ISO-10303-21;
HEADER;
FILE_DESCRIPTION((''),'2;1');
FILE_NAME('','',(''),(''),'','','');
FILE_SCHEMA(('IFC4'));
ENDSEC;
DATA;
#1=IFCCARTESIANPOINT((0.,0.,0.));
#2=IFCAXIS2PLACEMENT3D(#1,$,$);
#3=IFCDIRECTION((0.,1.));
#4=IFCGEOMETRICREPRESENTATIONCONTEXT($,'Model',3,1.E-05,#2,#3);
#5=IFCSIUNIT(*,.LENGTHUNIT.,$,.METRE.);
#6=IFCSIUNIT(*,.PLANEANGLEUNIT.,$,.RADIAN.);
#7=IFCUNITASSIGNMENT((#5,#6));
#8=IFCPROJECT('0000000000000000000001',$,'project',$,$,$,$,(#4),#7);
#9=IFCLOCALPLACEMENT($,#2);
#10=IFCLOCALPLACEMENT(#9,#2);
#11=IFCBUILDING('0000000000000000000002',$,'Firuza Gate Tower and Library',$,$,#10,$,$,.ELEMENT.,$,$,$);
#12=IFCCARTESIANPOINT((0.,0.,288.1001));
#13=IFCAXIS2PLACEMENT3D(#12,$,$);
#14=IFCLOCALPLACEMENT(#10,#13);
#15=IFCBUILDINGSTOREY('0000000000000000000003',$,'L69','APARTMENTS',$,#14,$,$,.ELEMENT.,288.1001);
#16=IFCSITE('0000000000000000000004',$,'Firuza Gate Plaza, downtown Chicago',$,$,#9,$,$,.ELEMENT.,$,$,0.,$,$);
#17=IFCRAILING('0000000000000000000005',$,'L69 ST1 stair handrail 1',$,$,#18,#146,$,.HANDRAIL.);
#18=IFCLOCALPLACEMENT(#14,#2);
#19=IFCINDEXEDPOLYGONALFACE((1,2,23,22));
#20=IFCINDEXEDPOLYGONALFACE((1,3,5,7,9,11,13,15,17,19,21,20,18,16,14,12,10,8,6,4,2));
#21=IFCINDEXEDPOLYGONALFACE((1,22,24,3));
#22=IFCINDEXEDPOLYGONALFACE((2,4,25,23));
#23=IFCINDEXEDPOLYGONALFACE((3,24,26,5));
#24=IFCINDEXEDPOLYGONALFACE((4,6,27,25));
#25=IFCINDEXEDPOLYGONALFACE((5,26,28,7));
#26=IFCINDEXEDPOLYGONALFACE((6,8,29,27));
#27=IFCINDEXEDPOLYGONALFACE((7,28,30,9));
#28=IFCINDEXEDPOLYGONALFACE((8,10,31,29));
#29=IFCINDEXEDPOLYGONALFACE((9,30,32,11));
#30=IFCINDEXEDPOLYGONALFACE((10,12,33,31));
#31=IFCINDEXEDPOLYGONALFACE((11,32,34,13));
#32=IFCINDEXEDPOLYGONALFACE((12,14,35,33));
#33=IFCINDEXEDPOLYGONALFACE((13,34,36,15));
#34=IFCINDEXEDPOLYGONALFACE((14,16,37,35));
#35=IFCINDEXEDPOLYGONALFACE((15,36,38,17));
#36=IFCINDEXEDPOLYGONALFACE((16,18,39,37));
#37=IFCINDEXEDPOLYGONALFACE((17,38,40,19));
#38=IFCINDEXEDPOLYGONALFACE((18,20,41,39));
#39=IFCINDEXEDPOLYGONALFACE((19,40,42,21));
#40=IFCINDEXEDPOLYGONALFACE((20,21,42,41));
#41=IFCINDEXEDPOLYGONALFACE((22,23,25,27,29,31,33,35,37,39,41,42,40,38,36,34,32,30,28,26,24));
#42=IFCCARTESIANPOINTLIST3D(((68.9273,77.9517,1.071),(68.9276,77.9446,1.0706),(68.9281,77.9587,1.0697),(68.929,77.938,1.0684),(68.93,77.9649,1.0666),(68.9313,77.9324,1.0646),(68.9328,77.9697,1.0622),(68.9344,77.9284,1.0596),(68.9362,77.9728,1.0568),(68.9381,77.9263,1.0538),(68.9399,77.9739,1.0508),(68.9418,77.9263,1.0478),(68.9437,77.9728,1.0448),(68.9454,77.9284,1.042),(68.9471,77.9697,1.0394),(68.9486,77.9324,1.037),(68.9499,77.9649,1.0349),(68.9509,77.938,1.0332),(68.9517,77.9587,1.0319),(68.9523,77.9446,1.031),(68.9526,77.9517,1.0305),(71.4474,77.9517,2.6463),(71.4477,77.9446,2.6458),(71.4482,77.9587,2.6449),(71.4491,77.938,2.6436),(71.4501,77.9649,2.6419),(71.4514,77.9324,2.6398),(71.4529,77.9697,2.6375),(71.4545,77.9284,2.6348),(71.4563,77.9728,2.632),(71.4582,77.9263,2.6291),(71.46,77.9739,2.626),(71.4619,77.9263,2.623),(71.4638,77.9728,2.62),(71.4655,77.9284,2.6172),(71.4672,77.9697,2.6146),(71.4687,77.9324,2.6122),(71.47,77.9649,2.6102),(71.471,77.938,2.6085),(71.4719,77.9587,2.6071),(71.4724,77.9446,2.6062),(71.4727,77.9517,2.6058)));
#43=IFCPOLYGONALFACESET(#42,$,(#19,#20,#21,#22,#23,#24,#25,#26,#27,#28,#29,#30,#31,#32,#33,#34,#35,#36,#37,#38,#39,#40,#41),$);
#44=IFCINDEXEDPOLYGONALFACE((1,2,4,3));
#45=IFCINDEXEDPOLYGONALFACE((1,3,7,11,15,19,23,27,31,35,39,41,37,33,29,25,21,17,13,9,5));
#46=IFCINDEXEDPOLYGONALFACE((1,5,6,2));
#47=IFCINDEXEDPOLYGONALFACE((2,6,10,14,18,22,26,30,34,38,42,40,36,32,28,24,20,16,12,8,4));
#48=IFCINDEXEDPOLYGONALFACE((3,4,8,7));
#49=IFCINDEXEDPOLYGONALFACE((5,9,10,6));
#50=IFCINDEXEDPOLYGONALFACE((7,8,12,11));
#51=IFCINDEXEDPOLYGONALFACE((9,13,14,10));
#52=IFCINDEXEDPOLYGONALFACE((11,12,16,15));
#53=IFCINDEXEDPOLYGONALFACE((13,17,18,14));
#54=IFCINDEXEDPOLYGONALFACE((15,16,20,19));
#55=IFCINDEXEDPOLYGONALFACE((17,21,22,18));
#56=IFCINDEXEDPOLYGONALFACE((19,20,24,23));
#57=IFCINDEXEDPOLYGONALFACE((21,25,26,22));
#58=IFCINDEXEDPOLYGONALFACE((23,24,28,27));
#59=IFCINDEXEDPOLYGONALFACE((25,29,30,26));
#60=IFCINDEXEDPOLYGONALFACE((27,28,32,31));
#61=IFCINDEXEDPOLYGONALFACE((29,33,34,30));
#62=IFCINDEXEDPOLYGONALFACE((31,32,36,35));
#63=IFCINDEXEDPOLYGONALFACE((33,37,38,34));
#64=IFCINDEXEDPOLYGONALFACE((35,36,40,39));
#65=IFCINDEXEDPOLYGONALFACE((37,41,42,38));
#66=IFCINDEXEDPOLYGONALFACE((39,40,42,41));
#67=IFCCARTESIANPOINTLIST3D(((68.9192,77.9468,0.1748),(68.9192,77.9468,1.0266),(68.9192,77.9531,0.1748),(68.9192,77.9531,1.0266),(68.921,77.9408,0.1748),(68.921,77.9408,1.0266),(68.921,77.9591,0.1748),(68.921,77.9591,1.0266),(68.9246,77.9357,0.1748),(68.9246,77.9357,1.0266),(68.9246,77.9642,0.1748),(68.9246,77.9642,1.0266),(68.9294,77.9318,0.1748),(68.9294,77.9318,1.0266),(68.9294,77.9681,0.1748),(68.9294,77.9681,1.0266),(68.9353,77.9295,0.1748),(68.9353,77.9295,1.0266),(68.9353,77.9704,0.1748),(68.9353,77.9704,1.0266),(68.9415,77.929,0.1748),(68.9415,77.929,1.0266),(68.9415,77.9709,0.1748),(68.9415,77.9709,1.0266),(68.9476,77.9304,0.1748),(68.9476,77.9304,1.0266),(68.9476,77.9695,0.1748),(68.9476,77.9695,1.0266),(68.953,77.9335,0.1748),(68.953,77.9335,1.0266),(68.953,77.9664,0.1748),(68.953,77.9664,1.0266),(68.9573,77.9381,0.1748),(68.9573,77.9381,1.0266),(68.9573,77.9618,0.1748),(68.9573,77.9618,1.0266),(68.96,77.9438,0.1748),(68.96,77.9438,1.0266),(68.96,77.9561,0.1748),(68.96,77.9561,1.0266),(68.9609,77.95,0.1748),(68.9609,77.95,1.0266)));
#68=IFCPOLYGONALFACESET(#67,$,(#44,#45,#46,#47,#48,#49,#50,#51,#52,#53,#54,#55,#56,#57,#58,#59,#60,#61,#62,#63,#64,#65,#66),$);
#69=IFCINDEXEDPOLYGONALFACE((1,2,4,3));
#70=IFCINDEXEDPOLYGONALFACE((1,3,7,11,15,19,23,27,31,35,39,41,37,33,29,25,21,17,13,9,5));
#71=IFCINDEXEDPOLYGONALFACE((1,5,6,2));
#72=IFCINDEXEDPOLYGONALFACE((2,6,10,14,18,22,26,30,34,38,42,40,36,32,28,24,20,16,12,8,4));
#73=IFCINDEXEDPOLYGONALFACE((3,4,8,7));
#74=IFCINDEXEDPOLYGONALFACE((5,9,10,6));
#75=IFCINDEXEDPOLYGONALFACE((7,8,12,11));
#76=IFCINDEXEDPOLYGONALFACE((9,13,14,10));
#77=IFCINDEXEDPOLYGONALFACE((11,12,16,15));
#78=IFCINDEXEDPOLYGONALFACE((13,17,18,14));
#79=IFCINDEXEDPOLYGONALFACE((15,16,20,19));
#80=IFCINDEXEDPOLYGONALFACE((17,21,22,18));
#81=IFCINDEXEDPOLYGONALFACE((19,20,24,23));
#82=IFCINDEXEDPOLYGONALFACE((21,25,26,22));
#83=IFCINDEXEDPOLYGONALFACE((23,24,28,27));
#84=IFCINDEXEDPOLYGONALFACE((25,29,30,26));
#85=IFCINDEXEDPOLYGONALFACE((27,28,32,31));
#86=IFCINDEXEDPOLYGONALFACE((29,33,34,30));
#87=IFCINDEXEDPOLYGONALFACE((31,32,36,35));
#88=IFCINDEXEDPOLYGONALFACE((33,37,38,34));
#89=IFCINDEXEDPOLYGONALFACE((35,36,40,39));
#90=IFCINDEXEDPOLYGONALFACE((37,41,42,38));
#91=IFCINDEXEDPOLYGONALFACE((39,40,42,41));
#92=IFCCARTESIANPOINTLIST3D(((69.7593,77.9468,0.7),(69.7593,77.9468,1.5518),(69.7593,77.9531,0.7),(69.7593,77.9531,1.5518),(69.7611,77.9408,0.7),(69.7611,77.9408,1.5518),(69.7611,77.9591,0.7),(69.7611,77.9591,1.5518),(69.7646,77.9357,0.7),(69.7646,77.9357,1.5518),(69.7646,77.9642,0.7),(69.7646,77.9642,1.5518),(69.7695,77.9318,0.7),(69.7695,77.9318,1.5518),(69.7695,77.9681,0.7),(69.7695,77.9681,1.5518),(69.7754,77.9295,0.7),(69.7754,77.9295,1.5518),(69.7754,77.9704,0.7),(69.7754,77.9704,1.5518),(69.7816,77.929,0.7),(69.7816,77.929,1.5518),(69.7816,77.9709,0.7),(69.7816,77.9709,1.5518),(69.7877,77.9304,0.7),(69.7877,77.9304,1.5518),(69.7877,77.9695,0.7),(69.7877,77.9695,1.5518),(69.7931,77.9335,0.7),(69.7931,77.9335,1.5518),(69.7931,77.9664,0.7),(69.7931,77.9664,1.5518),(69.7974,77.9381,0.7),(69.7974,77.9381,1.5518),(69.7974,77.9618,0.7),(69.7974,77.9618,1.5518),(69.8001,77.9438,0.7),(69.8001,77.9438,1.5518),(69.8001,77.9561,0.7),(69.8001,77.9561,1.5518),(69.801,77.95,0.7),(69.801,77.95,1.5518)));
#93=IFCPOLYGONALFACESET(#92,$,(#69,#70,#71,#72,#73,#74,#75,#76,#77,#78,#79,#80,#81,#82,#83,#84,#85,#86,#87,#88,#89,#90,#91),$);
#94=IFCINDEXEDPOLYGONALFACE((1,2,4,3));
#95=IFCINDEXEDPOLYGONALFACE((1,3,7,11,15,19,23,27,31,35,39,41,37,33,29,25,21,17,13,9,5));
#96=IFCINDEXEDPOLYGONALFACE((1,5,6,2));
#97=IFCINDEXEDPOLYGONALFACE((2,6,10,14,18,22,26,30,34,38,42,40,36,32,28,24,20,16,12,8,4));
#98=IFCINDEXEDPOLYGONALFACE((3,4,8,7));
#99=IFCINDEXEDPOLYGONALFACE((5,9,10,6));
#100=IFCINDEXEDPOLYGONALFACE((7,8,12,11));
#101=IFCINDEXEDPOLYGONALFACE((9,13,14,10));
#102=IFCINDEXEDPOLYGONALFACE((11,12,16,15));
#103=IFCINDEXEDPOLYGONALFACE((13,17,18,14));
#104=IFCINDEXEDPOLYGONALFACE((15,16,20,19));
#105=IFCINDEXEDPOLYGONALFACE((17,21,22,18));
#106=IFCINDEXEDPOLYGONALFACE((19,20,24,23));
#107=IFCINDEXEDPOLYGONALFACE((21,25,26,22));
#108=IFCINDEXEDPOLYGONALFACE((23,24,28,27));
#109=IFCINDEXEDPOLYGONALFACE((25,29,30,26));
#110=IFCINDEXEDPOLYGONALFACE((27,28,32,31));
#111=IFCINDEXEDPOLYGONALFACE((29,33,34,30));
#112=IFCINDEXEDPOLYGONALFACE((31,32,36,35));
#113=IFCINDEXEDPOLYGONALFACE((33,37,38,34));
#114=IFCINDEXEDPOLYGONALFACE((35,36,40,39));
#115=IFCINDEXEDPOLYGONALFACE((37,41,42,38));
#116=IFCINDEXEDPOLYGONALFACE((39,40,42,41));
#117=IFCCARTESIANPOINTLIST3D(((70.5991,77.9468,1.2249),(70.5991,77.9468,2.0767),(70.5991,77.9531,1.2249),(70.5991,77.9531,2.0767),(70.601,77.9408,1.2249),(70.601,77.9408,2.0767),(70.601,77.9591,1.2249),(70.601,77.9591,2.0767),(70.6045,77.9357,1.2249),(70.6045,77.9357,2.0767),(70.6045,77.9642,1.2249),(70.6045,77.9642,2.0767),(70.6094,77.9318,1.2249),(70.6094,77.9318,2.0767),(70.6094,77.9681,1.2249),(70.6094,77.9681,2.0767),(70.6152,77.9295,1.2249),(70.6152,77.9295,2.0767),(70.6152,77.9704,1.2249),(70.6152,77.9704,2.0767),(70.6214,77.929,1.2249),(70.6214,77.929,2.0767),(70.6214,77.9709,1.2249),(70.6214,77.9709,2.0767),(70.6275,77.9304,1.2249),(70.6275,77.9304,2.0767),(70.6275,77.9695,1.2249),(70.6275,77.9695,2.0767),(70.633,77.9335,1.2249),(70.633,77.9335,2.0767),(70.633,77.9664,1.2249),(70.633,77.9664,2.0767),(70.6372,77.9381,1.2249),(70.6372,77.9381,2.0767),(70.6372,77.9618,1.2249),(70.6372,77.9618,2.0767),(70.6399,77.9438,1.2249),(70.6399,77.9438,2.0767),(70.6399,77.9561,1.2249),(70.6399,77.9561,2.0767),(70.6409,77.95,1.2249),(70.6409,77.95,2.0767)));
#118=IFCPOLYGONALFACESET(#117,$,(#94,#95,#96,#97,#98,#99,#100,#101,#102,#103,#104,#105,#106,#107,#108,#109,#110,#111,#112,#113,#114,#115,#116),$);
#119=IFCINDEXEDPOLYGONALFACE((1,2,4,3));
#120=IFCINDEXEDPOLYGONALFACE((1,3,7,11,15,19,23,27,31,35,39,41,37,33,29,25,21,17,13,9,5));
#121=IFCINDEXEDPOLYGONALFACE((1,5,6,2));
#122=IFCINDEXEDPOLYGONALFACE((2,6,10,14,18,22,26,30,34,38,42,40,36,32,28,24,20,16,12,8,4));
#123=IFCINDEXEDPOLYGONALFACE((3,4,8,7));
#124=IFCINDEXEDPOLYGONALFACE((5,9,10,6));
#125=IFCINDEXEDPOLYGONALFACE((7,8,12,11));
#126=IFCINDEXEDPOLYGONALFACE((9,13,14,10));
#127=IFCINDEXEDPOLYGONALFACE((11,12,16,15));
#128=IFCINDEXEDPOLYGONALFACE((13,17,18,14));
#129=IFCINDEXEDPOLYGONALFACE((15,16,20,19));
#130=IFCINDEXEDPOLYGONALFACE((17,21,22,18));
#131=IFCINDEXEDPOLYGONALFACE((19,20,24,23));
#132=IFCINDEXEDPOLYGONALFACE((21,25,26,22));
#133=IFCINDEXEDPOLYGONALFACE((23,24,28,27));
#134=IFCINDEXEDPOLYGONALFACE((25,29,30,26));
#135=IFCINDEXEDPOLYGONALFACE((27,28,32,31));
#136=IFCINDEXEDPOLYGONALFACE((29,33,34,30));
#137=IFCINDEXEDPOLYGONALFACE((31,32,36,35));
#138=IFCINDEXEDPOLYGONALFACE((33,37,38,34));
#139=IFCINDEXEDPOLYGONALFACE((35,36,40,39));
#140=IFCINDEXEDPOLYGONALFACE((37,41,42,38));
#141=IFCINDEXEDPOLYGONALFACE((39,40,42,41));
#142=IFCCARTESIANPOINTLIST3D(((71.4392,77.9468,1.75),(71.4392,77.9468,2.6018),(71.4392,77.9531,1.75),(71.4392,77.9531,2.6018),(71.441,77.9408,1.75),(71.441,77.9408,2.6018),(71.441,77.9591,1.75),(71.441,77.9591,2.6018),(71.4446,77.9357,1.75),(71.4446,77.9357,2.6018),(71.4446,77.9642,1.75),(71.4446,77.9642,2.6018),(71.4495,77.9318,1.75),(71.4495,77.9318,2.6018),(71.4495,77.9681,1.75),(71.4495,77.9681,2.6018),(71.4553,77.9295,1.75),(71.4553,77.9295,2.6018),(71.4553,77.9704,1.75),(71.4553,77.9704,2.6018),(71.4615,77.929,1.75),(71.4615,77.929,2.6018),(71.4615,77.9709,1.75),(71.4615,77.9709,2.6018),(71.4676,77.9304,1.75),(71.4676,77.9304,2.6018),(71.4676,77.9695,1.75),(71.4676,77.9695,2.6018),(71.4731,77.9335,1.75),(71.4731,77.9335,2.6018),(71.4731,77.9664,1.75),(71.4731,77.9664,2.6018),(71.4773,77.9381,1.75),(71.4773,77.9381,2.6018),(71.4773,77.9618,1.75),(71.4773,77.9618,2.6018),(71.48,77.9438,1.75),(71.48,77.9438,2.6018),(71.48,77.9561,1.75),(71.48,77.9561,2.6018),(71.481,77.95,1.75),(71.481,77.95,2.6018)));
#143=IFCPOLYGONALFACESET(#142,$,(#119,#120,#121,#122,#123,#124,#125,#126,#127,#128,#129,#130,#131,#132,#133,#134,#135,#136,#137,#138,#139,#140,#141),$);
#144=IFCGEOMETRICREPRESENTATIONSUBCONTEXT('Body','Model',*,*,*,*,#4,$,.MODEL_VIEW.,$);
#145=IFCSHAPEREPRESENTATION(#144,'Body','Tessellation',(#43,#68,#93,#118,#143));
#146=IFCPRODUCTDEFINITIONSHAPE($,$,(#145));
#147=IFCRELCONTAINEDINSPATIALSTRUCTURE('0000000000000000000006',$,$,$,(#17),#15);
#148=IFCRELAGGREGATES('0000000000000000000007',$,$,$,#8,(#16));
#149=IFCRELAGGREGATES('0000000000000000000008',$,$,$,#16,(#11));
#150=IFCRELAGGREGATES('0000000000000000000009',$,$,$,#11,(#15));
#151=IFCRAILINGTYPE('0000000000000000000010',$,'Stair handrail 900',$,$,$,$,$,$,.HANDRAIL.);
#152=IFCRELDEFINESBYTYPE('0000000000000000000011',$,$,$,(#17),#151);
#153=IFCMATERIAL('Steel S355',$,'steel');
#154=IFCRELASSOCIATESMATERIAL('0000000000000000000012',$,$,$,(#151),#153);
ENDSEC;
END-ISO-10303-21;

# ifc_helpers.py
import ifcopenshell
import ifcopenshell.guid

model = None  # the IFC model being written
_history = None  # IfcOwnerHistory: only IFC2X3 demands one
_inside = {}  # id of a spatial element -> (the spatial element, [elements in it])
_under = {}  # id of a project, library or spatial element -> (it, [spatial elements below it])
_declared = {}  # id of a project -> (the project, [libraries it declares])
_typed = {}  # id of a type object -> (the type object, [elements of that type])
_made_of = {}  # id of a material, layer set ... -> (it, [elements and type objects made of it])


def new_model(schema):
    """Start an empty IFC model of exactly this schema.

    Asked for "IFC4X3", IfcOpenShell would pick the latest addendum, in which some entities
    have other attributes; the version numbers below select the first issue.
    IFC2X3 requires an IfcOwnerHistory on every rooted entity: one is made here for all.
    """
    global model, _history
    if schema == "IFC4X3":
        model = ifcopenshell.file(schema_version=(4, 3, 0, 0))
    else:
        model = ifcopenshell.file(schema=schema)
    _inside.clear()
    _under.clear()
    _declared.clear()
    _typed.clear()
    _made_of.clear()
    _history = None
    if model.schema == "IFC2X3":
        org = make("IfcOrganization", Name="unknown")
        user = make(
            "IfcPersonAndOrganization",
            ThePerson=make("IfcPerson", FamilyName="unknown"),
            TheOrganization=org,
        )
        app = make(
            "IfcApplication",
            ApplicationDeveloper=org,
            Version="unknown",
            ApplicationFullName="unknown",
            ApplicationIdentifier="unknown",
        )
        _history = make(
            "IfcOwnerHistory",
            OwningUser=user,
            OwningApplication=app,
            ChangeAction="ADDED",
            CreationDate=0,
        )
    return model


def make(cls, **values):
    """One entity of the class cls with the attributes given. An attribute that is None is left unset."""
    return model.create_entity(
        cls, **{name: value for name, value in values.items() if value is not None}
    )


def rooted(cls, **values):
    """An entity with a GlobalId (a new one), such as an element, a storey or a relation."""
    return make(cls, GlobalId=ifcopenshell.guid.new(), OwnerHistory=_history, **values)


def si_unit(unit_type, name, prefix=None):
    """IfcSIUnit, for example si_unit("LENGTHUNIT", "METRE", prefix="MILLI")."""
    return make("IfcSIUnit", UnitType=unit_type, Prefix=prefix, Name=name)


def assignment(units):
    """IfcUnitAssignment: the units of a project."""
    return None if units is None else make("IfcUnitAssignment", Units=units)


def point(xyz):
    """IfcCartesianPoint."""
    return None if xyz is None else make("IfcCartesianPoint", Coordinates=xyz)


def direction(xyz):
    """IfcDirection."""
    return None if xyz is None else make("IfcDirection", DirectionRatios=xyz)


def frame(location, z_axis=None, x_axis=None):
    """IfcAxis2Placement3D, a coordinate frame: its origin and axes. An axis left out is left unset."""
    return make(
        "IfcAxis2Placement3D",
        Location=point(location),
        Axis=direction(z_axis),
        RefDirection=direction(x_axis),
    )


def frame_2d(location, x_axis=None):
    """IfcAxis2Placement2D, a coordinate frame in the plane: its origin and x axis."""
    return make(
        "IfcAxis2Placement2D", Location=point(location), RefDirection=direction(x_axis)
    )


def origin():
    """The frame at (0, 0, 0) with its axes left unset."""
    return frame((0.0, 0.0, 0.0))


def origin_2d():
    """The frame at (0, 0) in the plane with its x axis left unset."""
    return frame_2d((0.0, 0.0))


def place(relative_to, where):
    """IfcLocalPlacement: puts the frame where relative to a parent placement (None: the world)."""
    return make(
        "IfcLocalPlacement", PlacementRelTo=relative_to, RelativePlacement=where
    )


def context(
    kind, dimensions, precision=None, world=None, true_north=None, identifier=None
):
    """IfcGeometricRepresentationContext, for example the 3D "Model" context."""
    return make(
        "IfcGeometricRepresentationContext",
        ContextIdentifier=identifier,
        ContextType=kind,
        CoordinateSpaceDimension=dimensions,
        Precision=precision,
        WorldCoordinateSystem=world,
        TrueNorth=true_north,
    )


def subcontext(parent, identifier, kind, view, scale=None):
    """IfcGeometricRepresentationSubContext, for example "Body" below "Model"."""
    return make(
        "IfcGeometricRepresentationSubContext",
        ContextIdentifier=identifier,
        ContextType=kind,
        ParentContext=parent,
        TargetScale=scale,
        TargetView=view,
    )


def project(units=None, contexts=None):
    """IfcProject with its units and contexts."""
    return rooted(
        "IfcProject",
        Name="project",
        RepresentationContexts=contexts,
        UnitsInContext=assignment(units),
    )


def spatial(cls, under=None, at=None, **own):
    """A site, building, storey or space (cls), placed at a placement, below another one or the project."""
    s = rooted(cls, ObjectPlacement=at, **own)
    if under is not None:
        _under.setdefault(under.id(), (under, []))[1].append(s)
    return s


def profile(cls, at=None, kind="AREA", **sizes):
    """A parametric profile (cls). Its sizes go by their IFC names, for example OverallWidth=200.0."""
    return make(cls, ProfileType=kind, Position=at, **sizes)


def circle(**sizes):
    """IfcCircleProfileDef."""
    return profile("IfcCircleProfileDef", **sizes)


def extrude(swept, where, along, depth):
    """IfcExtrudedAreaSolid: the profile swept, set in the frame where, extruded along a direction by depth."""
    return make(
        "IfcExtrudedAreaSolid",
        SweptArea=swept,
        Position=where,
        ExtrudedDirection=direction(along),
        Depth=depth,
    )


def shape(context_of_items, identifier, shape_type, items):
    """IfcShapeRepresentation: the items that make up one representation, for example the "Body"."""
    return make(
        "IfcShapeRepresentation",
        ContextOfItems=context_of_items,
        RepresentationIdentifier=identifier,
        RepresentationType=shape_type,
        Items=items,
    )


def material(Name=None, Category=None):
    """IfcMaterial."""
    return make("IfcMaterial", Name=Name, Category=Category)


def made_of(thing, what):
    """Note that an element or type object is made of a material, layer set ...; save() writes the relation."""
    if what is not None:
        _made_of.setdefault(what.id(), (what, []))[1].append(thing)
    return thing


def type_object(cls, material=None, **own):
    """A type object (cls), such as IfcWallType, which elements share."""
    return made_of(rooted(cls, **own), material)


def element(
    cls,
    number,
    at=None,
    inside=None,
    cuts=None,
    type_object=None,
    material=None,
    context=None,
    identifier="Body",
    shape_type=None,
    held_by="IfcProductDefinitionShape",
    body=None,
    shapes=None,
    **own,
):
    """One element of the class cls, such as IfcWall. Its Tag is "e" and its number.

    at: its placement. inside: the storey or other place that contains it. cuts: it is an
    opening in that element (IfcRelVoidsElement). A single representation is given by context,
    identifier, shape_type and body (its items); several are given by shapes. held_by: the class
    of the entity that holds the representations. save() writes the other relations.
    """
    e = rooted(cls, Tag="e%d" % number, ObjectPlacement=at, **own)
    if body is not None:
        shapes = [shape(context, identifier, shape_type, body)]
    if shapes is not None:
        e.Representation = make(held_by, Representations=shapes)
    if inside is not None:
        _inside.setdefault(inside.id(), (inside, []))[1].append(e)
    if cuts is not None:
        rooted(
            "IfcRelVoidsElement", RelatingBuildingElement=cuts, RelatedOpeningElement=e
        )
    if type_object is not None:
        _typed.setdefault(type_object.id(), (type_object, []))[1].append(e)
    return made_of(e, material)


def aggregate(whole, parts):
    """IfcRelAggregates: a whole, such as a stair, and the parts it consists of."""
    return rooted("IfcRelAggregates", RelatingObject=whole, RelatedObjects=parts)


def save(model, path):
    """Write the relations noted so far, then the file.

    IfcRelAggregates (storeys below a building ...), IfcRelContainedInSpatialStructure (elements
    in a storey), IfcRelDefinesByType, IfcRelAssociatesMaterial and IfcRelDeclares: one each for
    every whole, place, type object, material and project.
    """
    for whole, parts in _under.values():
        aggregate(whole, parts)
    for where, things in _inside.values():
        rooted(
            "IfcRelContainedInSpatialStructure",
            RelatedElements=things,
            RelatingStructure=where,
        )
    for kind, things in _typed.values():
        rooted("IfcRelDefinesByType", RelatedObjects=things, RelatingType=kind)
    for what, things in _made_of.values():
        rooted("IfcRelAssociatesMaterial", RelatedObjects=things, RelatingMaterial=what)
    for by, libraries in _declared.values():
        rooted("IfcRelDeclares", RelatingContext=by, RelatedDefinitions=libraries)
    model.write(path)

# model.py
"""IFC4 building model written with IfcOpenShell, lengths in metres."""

from ifc_helpers import new_model, si_unit, direction, frame, origin, origin_2d, place, context, subcontext, project, spatial, circle, extrude, material, type_object, element, save


model = new_model("IFC4")

# Units and contexts
model_context = context("Model", 3, precision=1e-05, world=origin(), true_north=direction((0.0, 1.0)))
body_context = subcontext(model_context, "Body", "Model", "MODEL_VIEW")
ifc_project = project(units=[si_unit("LENGTHUNIT", "METRE"), si_unit("PLANEANGLEUNIT", "RADIAN")], contexts=[model_context])

# Site, building, storey
site_placement = place(None, origin())
site = spatial("IfcSite", under=ifc_project, at=site_placement, Name="Firuza Gate Plaza, downtown Chicago", CompositionType="ELEMENT", RefElevation=0.0)
building_placement = place(site_placement, origin())
building = spatial("IfcBuilding", under=site, at=building_placement, Name="Firuza Gate Tower and Library", CompositionType="ELEMENT")
storey_placement = place(building_placement, frame((0.0, 0.0, 288.1001)))
storey = spatial("IfcBuildingStorey", under=building, at=storey_placement, Name="L69", Description="APARTMENTS", CompositionType="ELEMENT", Elevation=288.1001)

# Railing
ifc_material_1 = material(Name="Steel S355", Category="steel")
railing_type = type_object("IfcRailingType", Name="Stair handrail 900", PredefinedType="HANDRAIL", material=ifc_material_1)
railing_1_placement = place(storey_placement, frame((68.9399, 77.95, 0.1748)))
element("IfcRailing", 1, at=railing_1_placement, inside=storey, type_object=railing_type, Name="L69 ST1 stair handrail 1", PredefinedType="HANDRAIL", context=body_context, shape_type="SweptSolid", body=[
    extrude(circle(Radius=0.0239, at=origin_2d()), frame((0.0, 0.0, 0.876), z_axis=(0.847971, 0.0, 0.530043), x_axis=(0.0, 1.0, 0.0)), (0.0, 0.0, 1.0), 2.9719),
    extrude(circle(Radius=0.021, at=origin_2d()), origin(), (0.0, 0.0, 1.0), 0.8518),
    extrude(circle(Radius=0.021, at=origin_2d()), frame((0.8401, 0.0, 0.5251)), (0.0, 0.0, 1.0), 0.8518),
    extrude(circle(Radius=0.021, at=origin_2d()), frame((1.6799, 0.0, 1.05)), (0.0, 0.0, 1.0), 0.8518),
    extrude(circle(Radius=0.021, at=origin_2d()), frame((2.52, 0.0, 1.5752)), (0.0, 0.0, 1.0), 0.8518),
])

save(model, "model.ifc")
